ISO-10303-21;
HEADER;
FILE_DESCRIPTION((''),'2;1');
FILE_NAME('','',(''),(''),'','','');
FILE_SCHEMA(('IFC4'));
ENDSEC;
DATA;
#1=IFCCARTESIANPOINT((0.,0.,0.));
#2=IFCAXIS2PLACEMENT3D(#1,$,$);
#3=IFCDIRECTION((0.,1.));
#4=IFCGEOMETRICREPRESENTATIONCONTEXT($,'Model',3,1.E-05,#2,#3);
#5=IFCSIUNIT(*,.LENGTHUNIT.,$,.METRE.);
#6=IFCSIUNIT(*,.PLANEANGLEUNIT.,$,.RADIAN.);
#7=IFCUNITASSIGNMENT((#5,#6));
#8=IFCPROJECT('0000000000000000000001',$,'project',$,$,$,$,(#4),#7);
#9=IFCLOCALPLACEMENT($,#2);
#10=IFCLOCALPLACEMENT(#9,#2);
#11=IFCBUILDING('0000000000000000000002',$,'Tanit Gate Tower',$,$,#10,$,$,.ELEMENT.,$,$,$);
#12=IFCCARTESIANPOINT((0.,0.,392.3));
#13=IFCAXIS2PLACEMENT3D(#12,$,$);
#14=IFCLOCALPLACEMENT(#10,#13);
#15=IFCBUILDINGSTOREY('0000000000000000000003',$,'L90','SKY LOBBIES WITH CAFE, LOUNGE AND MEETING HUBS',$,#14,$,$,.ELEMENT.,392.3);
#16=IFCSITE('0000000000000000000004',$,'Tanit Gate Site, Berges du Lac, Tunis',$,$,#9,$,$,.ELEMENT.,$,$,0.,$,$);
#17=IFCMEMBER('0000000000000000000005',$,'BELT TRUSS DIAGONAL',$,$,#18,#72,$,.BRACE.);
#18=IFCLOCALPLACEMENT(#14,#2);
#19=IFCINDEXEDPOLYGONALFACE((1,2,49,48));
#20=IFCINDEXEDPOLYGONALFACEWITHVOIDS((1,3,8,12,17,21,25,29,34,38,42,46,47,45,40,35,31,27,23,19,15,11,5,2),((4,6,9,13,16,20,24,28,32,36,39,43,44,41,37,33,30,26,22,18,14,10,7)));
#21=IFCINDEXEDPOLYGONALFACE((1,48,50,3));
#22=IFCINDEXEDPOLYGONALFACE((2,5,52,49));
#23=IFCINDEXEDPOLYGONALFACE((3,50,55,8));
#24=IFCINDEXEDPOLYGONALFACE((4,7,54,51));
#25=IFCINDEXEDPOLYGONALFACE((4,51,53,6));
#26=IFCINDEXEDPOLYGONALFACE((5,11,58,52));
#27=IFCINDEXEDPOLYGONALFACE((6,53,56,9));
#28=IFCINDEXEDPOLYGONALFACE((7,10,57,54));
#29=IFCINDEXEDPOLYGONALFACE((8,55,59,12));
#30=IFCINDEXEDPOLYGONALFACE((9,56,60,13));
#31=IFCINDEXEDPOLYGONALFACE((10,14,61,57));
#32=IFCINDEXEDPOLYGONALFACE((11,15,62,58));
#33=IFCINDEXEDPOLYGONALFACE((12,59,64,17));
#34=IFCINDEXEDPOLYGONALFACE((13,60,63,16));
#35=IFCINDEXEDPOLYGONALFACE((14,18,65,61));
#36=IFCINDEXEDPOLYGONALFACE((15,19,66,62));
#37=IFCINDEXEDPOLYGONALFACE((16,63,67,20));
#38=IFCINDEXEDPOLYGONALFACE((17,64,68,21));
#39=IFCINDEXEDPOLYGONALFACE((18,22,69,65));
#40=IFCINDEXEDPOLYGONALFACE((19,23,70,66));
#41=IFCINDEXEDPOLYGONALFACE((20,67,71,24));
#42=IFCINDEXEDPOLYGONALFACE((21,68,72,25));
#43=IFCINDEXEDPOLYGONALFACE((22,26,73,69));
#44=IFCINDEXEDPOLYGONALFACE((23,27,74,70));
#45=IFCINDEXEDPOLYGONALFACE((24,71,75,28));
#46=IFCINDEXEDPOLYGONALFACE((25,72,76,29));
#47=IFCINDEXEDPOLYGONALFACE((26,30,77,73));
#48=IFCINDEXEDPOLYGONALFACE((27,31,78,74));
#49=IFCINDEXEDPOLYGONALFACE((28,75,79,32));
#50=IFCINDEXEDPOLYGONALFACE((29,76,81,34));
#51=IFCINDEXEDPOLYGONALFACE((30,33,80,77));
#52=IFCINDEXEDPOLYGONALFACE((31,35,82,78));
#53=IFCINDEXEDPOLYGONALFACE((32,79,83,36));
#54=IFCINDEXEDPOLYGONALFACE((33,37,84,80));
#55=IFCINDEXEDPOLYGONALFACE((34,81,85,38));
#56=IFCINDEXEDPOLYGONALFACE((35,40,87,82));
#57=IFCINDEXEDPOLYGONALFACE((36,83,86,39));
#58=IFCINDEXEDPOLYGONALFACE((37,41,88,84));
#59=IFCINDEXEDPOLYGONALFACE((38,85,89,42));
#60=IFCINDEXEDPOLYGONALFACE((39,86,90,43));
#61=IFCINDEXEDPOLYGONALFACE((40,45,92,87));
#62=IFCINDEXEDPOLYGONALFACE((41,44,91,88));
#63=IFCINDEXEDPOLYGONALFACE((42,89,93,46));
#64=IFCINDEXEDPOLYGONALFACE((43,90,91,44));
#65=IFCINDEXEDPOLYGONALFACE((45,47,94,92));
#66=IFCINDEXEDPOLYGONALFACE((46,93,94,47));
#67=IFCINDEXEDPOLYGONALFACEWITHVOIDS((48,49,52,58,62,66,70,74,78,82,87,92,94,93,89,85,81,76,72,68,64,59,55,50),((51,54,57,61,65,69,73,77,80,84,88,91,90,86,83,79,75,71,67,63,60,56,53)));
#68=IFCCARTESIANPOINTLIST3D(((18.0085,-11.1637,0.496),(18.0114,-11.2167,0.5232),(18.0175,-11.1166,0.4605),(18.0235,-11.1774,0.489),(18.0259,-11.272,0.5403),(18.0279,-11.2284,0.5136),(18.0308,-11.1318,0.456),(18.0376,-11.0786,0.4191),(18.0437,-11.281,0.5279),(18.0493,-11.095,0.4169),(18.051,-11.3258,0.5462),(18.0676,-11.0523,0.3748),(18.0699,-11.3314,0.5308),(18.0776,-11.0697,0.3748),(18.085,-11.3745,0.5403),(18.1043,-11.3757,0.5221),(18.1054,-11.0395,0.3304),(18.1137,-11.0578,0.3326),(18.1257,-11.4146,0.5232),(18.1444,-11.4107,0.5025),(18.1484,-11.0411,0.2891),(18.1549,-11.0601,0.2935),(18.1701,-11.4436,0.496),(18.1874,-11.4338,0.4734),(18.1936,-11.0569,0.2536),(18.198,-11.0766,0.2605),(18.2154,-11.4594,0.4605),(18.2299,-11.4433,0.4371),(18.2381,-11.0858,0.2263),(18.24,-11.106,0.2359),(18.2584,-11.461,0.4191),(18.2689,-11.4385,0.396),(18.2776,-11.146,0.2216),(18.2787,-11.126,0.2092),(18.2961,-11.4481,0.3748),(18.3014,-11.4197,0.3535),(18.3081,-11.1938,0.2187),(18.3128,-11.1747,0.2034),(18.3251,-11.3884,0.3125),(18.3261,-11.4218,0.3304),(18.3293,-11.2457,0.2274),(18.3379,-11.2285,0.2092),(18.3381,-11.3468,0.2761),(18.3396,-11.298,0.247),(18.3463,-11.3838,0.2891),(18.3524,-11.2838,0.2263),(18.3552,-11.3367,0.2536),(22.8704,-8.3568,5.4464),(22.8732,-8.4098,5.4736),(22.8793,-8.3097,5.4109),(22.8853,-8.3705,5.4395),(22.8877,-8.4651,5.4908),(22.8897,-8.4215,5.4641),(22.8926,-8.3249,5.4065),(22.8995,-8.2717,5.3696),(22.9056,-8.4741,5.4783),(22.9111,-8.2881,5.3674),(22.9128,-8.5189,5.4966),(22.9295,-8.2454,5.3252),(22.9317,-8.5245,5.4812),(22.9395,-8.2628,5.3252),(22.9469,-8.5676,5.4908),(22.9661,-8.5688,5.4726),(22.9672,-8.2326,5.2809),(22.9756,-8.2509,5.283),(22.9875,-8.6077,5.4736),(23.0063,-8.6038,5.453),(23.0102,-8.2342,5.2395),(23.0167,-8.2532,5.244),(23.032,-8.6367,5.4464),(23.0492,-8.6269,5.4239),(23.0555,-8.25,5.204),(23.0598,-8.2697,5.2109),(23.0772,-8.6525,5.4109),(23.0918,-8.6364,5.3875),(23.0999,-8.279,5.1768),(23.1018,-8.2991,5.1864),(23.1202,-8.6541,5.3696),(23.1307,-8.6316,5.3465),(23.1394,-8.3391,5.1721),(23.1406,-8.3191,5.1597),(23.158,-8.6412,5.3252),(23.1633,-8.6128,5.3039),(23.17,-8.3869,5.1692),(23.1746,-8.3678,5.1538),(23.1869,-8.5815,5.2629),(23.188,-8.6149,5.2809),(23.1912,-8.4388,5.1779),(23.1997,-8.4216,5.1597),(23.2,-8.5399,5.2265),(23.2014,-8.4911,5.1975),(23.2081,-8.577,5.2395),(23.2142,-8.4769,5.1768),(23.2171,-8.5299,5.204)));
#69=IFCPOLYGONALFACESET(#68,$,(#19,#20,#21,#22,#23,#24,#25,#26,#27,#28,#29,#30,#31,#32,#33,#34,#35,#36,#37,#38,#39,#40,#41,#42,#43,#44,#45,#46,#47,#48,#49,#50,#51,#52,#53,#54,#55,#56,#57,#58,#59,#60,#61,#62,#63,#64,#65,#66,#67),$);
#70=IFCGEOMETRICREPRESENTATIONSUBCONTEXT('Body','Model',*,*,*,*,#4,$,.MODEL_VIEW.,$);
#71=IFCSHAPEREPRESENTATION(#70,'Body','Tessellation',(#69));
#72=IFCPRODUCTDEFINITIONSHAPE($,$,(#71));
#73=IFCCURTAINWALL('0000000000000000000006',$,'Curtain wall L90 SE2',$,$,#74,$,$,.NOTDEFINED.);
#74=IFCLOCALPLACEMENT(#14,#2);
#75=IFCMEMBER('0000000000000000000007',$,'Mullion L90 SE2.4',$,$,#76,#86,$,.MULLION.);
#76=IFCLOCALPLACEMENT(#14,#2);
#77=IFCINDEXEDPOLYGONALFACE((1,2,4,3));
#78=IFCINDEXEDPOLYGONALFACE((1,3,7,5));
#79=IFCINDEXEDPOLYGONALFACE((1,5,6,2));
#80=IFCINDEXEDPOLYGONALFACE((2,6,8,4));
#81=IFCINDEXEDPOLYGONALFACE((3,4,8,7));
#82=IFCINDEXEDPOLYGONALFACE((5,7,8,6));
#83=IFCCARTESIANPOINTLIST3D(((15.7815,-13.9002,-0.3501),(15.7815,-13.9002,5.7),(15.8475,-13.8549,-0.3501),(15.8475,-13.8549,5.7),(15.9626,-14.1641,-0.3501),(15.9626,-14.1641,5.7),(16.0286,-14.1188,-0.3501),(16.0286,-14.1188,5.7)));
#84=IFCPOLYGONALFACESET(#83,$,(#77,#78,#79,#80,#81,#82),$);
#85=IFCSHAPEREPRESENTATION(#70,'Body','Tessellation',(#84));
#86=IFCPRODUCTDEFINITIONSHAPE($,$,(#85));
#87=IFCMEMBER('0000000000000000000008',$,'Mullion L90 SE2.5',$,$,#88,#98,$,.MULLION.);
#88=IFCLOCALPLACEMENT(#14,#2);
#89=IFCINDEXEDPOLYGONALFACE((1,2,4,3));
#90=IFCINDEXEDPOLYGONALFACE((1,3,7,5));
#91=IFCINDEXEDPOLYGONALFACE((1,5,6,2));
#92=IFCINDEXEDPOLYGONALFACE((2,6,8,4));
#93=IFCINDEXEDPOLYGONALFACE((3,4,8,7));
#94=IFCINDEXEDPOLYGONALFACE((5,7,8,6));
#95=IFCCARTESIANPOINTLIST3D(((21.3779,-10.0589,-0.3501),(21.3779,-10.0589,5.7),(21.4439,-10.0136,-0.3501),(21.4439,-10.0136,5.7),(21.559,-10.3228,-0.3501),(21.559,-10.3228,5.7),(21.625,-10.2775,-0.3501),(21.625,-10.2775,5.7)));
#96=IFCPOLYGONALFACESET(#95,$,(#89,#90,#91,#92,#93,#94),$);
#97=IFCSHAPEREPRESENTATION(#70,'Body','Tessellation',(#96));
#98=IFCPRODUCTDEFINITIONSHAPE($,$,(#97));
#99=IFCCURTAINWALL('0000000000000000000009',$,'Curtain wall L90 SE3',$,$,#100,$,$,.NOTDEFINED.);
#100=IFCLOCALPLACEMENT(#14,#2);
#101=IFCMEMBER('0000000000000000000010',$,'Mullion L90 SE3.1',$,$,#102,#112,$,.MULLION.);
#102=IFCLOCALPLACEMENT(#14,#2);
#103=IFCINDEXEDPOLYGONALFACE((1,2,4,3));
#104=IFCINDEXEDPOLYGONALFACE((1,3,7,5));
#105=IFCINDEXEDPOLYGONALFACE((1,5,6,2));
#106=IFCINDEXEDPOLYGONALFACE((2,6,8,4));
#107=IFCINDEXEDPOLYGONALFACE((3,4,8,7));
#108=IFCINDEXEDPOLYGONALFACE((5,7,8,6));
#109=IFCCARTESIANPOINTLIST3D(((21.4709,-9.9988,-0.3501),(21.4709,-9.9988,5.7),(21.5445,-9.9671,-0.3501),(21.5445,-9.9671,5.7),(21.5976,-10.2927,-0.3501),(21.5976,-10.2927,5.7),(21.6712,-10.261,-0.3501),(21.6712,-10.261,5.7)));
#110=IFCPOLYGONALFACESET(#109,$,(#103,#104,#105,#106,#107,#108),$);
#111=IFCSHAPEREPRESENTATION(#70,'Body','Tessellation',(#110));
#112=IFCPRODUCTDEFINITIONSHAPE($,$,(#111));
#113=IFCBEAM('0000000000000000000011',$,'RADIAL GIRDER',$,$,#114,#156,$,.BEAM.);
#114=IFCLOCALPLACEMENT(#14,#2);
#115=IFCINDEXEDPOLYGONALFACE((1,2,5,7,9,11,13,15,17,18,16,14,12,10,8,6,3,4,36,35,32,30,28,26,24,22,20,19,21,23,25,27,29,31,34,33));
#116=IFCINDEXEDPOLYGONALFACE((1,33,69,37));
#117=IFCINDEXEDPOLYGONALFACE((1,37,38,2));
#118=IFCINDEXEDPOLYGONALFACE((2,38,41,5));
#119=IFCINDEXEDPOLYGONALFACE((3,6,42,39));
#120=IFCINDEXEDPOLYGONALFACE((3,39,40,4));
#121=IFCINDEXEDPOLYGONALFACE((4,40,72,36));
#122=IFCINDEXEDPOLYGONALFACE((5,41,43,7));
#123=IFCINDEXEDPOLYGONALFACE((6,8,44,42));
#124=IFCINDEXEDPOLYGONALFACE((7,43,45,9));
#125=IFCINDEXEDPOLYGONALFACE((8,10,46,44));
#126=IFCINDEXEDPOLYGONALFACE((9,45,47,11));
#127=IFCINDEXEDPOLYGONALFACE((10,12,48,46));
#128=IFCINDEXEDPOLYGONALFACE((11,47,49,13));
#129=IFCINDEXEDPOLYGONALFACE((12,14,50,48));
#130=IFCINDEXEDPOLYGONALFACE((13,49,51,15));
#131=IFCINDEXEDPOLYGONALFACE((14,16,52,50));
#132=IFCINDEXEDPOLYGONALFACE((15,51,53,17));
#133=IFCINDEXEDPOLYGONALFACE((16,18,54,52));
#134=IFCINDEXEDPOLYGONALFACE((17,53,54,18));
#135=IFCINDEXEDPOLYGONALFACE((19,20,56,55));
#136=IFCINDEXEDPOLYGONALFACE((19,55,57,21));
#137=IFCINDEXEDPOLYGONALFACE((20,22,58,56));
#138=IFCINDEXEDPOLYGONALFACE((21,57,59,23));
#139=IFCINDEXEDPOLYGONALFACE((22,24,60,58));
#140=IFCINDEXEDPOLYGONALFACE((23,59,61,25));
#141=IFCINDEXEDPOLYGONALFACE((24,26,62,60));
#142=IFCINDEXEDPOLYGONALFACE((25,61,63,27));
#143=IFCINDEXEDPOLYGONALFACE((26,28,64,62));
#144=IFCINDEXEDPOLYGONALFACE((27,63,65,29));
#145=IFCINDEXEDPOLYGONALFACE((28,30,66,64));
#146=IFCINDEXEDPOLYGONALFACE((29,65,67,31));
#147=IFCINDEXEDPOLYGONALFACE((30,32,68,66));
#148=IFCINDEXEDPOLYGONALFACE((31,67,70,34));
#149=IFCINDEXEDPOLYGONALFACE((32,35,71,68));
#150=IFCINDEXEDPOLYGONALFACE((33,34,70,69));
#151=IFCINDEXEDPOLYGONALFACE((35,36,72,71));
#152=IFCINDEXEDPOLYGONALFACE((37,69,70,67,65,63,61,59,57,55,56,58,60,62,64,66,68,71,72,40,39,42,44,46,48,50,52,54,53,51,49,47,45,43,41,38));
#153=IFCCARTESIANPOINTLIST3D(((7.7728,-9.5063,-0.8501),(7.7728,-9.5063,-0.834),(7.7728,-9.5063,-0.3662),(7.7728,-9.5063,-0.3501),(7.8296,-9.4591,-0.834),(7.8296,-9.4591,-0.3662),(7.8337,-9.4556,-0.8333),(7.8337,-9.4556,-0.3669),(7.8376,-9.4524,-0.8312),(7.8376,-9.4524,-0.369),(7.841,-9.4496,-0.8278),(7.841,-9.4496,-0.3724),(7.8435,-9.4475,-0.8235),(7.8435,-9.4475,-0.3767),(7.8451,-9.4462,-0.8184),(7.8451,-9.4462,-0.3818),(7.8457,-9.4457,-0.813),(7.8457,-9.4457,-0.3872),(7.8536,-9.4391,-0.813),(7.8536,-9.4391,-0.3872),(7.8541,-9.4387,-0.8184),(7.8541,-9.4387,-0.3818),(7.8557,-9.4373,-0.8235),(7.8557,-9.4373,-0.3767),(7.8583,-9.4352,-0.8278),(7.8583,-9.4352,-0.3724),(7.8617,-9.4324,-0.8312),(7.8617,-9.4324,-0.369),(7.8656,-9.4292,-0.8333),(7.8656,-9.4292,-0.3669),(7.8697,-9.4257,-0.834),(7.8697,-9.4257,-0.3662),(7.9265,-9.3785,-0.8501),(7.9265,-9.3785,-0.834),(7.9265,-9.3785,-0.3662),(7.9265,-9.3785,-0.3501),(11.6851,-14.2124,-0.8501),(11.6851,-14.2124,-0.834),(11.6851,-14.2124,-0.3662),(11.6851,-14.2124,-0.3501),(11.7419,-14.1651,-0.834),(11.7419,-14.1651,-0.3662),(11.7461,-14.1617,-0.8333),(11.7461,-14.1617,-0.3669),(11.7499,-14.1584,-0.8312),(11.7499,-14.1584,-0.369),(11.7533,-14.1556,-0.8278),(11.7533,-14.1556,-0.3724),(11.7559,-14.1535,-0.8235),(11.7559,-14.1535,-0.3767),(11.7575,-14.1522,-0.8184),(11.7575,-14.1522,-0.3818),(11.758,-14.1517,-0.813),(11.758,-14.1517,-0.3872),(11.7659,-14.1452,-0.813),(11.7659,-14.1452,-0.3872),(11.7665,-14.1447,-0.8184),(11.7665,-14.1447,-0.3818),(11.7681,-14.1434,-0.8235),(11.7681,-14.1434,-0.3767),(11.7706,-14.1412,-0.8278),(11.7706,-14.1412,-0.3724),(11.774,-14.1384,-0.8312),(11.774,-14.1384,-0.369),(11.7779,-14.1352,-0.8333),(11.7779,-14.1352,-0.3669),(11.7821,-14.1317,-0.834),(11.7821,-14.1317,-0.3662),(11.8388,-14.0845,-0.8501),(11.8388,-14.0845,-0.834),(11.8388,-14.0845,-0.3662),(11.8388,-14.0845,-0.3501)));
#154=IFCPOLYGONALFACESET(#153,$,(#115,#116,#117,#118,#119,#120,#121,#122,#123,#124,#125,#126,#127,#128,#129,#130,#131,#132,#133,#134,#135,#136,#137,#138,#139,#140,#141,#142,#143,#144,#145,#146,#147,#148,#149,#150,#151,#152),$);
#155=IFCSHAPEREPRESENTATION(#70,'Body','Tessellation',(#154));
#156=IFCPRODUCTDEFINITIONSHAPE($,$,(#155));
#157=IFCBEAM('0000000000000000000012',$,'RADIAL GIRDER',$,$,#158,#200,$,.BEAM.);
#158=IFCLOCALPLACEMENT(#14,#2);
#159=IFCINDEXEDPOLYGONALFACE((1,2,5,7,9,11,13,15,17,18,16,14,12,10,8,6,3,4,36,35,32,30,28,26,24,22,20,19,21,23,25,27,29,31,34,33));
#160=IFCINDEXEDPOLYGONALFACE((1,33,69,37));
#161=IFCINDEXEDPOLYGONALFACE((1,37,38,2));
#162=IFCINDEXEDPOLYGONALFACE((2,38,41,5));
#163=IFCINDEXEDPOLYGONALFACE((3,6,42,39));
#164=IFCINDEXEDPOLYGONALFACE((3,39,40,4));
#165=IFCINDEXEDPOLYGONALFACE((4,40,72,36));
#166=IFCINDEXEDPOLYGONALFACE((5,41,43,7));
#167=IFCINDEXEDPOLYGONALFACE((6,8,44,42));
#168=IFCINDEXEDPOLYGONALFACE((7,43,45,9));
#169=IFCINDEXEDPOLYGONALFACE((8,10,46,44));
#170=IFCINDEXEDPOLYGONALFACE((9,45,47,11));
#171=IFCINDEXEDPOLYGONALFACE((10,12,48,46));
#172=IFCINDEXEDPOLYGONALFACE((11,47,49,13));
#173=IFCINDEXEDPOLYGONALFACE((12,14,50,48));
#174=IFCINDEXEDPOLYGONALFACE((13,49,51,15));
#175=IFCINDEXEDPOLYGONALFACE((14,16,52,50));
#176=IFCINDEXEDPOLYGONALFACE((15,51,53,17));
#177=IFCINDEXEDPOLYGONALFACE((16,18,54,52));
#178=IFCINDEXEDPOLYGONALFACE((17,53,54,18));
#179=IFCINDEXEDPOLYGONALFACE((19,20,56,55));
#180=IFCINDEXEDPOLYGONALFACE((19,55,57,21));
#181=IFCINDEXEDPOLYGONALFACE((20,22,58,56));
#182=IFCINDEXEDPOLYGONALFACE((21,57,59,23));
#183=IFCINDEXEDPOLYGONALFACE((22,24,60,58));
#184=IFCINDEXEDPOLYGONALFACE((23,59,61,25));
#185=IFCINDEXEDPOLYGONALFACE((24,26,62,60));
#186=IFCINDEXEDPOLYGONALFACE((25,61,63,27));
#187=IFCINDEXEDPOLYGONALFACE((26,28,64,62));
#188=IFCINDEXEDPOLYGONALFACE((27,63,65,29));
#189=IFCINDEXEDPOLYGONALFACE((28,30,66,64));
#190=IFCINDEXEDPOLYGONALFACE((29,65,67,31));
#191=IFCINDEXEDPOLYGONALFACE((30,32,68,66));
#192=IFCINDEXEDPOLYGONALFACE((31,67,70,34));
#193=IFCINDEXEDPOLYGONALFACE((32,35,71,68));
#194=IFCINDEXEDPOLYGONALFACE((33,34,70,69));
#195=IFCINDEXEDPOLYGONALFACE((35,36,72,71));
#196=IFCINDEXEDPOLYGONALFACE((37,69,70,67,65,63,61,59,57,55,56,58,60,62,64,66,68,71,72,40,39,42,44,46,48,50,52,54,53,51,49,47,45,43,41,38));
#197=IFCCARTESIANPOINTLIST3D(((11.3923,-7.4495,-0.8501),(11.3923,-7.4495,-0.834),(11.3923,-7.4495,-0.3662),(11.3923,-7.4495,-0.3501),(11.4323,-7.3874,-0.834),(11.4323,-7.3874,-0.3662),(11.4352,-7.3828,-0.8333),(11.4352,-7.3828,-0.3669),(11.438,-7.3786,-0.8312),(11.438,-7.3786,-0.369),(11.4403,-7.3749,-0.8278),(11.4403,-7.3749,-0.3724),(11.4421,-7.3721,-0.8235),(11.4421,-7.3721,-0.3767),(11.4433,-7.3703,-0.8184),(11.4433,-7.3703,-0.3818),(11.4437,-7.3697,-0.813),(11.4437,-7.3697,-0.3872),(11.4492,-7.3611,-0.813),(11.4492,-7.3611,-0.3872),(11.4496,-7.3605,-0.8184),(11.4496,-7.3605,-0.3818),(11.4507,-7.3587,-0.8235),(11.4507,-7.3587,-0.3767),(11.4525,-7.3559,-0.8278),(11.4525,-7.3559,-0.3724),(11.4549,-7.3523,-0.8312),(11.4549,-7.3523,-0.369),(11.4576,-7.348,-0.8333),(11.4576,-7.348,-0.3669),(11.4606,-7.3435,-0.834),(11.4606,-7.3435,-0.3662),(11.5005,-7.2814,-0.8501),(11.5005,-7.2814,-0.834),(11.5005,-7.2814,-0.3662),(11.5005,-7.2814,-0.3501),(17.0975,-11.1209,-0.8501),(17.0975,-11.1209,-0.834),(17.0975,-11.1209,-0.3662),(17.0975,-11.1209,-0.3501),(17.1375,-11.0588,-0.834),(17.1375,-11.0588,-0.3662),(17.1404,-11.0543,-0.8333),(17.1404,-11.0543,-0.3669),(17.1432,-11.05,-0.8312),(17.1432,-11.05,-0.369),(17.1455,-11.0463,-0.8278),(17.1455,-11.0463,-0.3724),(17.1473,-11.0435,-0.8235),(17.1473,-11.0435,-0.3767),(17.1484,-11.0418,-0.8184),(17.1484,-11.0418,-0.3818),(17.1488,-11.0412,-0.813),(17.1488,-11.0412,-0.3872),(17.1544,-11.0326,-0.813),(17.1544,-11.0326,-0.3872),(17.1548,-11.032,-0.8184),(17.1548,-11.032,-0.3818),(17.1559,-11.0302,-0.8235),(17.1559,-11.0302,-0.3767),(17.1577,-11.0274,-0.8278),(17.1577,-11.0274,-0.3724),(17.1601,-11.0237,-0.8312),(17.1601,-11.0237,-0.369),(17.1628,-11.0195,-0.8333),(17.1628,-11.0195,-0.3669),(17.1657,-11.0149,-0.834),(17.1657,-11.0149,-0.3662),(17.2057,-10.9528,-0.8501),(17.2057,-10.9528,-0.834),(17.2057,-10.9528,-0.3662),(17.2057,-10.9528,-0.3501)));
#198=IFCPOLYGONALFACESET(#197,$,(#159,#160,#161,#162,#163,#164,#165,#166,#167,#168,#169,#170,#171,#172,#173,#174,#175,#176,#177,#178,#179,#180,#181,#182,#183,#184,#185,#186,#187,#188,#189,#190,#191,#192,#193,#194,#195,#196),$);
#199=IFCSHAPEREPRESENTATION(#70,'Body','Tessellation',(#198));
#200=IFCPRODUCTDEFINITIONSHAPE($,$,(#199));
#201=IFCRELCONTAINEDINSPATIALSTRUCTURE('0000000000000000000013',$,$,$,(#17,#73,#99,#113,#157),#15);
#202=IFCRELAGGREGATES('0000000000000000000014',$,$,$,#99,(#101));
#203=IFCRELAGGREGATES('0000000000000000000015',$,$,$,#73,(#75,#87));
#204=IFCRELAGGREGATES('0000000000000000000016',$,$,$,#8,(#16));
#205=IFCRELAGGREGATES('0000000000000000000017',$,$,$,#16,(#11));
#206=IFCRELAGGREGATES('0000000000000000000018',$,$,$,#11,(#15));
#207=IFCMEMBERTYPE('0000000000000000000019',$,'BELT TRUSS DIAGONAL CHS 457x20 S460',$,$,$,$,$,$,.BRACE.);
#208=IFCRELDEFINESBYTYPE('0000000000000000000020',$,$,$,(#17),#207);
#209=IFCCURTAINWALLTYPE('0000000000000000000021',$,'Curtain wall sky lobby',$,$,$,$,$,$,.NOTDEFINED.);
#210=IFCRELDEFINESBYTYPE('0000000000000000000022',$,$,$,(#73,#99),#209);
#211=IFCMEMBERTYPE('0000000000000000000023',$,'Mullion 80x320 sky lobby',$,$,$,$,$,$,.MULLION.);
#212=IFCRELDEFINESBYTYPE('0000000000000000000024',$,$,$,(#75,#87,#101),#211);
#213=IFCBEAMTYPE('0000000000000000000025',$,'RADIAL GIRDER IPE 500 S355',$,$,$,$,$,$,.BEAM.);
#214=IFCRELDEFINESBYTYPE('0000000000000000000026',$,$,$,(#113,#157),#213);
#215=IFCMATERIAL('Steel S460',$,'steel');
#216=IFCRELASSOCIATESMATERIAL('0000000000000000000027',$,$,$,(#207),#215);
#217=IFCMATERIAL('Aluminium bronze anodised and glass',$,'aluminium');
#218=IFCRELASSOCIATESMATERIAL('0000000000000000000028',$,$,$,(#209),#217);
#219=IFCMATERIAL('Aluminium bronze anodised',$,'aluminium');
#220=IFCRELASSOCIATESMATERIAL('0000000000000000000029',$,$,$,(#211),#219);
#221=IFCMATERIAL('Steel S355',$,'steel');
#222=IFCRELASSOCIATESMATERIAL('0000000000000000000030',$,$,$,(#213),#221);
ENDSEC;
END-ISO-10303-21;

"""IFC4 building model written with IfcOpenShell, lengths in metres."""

from ifc_helpers import new_model, si_unit, direction, frame, origin, origin_2d, place, context, subcontext, project, spatial, rectangle, hollow_circle, i_section, extrude, material, material_profile, profile_set, type_object, element, aggregate, save


model = new_model("IFC4")

# Units and contexts
model_context = context("Model", 3, precision=1e-05, world=origin(), true_north=direction((0.0, 1.0)))
body_context = subcontext(model_context, "Body", "Model", "MODEL_VIEW")
ifc_project = project(units=[si_unit("LENGTHUNIT", "METRE"), si_unit("PLANEANGLEUNIT", "RADIAN")], contexts=[model_context])

# Site, building, storey
site_placement = place(None, origin())
site = spatial("IfcSite", under=ifc_project, at=site_placement, Name="Tanit Gate Site, Berges du Lac, Tunis", CompositionType="ELEMENT", RefElevation=0.0)
building_placement = place(site_placement, origin())
building = spatial("IfcBuilding", under=site, at=building_placement, Name="Tanit Gate Tower", CompositionType="ELEMENT")
storey_placement = place(building_placement, frame((0.0, 0.0, 392.3)))
storey = spatial("IfcBuildingStorey", under=building, at=storey_placement, Name="L90", Description="SKY LOBBIES WITH CAFE, LOUNGE AND MEETING HUBS", CompositionType="ELEMENT", Elevation=392.3)

# Member
ifc_material_1 = material(Name="Steel S460", Category="steel")
ifc_material_profile_1 = material_profile(ifc_material_1, hollow_circle(Radius=0.2285, WallThickness=0.02, at=origin_2d()), Name="CHS 457x20")
ifc_profile_set_1 = profile_set([ifc_material_profile_1], Name="Steel S460")
member_type_1 = type_object("IfcMemberType", Name="BELT TRUSS DIAGONAL CHS 457x20 S460", PredefinedType="BRACE", material=ifc_profile_set_1)
member_1_placement = place(storey_placement, frame((18.1819, -11.2502, 0.3748), z_axis=(0.649556, 0.37501, 0.661396), x_axis=(-0.499988, 0.866032, 0.0)))
element("IfcMember", 1, at=member_1_placement, inside=storey, type_object=member_type_1, Name="BELT TRUSS DIAGONAL", PredefinedType="BRACE", context=body_context, shape_type="SweptSolid", body=[
    extrude(hollow_circle(Radius=0.2285, WallThickness=0.02, at=origin_2d()), origin(), (0.0, 0.0, 1.0), 7.4849),
])

# Curtain wall, members
ifc_material_2 = material(Name="Aluminium bronze anodised and glass", Category="aluminium")
curtain_wall_type = type_object("IfcCurtainWallType", Name="Curtain wall sky lobby", PredefinedType="NOTDEFINED", material=ifc_material_2)
curtain_wall_1_placement = place(storey_placement, origin())
curtain_wall_1 = element("IfcCurtainWall", 2, at=curtain_wall_1_placement, inside=storey, type_object=curtain_wall_type, Name="Curtain wall L90 SE2", PredefinedType="NOTDEFINED")
ifc_material_3 = material(Name="Aluminium bronze anodised", Category="aluminium")
ifc_material_profile_2 = material_profile(ifc_material_3, rectangle(XDim=0.3201, YDim=0.0801, at=origin_2d()), Name="80x320 bronze mullion")
ifc_profile_set_2 = profile_set([ifc_material_profile_2], Name="Aluminium bronze anodised")
member_type_2 = type_object("IfcMemberType", Name="Mullion 80x320 sky lobby", PredefinedType="MULLION", material=ifc_profile_set_2)
member_2_placement = place(storey_placement, frame((15.905, -14.0095, -0.3501), z_axis=(0.0, 0.0, 1.0), x_axis=(-0.565893, 0.824479, 0.0)))
member_2 = element("IfcMember", 3, at=member_2_placement, type_object=member_type_2, Name="Mullion L90 SE2.4", PredefinedType="MULLION", context=body_context, shape_type="SweptSolid", body=[
    extrude(rectangle(XDim=0.3201, YDim=0.0801, at=origin_2d()), origin(), (0.0, 0.0, 1.0), 6.05),
])
member_3_placement = place(storey_placement, frame((21.5015, -10.1682, -0.3501), z_axis=(0.0, 0.0, 1.0), x_axis=(-0.565893, 0.824479, 0.0)))
member_3 = element("IfcMember", 4, at=member_3_placement, type_object=member_type_2, Name="Mullion L90 SE2.5", PredefinedType="MULLION", context=body_context, shape_type="SweptSolid", body=[
    extrude(rectangle(XDim=0.3201, YDim=0.0801, at=origin_2d()), origin(), (0.0, 0.0, 1.0), 6.05),
])

# Curtain wall, member
curtain_wall_2_placement = place(storey_placement, origin())
curtain_wall_2 = element("IfcCurtainWall", 5, at=curtain_wall_2_placement, inside=storey, type_object=curtain_wall_type, Name="Curtain wall L90 SE3", PredefinedType="NOTDEFINED")
member_4_placement = place(storey_placement, frame((21.571, -10.1299, -0.3501), z_axis=(0.0, 0.0, 1.0), x_axis=(-0.395871, 0.918306, 0.0)))
member_4 = element("IfcMember", 6, at=member_4_placement, type_object=member_type_2, Name="Mullion L90 SE3.1", PredefinedType="MULLION", context=body_context, shape_type="SweptSolid", body=[
    extrude(rectangle(XDim=0.3201, YDim=0.0801, at=origin_2d()), origin(), (0.0, 0.0, 1.0), 6.05),
])

# Beams
ifc_material_4 = material(Name="Steel S355", Category="steel")
ifc_material_profile_3 = material_profile(ifc_material_4, i_section(OverallWidth=0.2, OverallDepth=0.5, WebThickness=0.0103, FlangeThickness=0.0161, FilletRadius=0.021, at=origin_2d()), Name="IPE 500")
ifc_profile_set_3 = profile_set([ifc_material_profile_3], Name="Steel S355")
beam_type_1 = type_object("IfcBeamType", Name="RADIAL GIRDER IPE 500 S355", PredefinedType="BEAM", material=ifc_profile_set_3)
beam_1_placement = place(storey_placement, frame((11.762, -14.1484, -0.6001), z_axis=(-0.639281, 0.768973, 0.0), x_axis=(-0.768973, -0.639281, 0.0)))
element("IfcBeam", 7, at=beam_1_placement, inside=storey, type_object=beam_type_1, Name="RADIAL GIRDER", PredefinedType="BEAM", context=body_context, shape_type="SweptSolid", body=[
    extrude(i_section(OverallWidth=0.2, OverallDepth=0.5, WebThickness=0.0103, FlangeThickness=0.0161, FilletRadius=0.021, at=origin_2d()), origin(), (0.0, 0.0, 1.0), 6.1199),
])
beam_2_placement = place(storey_placement, frame((17.1516, -11.0369, -0.6001), z_axis=(-0.840921, 0.541158, 0.0), x_axis=(-0.541158, -0.840921, 0.0)))
element("IfcBeam", 8, at=beam_2_placement, inside=storey, type_object=beam_type_1, Name="RADIAL GIRDER", PredefinedType="BEAM", context=body_context, shape_type="SweptSolid", body=[
    extrude(i_section(OverallWidth=0.2, OverallDepth=0.5, WebThickness=0.0103, FlangeThickness=0.0161, FilletRadius=0.021, at=origin_2d()), origin(), (0.0, 0.0, 1.0), 6.7844),
])

aggregate(curtain_wall_2, [member_4])

aggregate(curtain_wall_1, [member_2, member_3])

save(model, "model.ifc")
